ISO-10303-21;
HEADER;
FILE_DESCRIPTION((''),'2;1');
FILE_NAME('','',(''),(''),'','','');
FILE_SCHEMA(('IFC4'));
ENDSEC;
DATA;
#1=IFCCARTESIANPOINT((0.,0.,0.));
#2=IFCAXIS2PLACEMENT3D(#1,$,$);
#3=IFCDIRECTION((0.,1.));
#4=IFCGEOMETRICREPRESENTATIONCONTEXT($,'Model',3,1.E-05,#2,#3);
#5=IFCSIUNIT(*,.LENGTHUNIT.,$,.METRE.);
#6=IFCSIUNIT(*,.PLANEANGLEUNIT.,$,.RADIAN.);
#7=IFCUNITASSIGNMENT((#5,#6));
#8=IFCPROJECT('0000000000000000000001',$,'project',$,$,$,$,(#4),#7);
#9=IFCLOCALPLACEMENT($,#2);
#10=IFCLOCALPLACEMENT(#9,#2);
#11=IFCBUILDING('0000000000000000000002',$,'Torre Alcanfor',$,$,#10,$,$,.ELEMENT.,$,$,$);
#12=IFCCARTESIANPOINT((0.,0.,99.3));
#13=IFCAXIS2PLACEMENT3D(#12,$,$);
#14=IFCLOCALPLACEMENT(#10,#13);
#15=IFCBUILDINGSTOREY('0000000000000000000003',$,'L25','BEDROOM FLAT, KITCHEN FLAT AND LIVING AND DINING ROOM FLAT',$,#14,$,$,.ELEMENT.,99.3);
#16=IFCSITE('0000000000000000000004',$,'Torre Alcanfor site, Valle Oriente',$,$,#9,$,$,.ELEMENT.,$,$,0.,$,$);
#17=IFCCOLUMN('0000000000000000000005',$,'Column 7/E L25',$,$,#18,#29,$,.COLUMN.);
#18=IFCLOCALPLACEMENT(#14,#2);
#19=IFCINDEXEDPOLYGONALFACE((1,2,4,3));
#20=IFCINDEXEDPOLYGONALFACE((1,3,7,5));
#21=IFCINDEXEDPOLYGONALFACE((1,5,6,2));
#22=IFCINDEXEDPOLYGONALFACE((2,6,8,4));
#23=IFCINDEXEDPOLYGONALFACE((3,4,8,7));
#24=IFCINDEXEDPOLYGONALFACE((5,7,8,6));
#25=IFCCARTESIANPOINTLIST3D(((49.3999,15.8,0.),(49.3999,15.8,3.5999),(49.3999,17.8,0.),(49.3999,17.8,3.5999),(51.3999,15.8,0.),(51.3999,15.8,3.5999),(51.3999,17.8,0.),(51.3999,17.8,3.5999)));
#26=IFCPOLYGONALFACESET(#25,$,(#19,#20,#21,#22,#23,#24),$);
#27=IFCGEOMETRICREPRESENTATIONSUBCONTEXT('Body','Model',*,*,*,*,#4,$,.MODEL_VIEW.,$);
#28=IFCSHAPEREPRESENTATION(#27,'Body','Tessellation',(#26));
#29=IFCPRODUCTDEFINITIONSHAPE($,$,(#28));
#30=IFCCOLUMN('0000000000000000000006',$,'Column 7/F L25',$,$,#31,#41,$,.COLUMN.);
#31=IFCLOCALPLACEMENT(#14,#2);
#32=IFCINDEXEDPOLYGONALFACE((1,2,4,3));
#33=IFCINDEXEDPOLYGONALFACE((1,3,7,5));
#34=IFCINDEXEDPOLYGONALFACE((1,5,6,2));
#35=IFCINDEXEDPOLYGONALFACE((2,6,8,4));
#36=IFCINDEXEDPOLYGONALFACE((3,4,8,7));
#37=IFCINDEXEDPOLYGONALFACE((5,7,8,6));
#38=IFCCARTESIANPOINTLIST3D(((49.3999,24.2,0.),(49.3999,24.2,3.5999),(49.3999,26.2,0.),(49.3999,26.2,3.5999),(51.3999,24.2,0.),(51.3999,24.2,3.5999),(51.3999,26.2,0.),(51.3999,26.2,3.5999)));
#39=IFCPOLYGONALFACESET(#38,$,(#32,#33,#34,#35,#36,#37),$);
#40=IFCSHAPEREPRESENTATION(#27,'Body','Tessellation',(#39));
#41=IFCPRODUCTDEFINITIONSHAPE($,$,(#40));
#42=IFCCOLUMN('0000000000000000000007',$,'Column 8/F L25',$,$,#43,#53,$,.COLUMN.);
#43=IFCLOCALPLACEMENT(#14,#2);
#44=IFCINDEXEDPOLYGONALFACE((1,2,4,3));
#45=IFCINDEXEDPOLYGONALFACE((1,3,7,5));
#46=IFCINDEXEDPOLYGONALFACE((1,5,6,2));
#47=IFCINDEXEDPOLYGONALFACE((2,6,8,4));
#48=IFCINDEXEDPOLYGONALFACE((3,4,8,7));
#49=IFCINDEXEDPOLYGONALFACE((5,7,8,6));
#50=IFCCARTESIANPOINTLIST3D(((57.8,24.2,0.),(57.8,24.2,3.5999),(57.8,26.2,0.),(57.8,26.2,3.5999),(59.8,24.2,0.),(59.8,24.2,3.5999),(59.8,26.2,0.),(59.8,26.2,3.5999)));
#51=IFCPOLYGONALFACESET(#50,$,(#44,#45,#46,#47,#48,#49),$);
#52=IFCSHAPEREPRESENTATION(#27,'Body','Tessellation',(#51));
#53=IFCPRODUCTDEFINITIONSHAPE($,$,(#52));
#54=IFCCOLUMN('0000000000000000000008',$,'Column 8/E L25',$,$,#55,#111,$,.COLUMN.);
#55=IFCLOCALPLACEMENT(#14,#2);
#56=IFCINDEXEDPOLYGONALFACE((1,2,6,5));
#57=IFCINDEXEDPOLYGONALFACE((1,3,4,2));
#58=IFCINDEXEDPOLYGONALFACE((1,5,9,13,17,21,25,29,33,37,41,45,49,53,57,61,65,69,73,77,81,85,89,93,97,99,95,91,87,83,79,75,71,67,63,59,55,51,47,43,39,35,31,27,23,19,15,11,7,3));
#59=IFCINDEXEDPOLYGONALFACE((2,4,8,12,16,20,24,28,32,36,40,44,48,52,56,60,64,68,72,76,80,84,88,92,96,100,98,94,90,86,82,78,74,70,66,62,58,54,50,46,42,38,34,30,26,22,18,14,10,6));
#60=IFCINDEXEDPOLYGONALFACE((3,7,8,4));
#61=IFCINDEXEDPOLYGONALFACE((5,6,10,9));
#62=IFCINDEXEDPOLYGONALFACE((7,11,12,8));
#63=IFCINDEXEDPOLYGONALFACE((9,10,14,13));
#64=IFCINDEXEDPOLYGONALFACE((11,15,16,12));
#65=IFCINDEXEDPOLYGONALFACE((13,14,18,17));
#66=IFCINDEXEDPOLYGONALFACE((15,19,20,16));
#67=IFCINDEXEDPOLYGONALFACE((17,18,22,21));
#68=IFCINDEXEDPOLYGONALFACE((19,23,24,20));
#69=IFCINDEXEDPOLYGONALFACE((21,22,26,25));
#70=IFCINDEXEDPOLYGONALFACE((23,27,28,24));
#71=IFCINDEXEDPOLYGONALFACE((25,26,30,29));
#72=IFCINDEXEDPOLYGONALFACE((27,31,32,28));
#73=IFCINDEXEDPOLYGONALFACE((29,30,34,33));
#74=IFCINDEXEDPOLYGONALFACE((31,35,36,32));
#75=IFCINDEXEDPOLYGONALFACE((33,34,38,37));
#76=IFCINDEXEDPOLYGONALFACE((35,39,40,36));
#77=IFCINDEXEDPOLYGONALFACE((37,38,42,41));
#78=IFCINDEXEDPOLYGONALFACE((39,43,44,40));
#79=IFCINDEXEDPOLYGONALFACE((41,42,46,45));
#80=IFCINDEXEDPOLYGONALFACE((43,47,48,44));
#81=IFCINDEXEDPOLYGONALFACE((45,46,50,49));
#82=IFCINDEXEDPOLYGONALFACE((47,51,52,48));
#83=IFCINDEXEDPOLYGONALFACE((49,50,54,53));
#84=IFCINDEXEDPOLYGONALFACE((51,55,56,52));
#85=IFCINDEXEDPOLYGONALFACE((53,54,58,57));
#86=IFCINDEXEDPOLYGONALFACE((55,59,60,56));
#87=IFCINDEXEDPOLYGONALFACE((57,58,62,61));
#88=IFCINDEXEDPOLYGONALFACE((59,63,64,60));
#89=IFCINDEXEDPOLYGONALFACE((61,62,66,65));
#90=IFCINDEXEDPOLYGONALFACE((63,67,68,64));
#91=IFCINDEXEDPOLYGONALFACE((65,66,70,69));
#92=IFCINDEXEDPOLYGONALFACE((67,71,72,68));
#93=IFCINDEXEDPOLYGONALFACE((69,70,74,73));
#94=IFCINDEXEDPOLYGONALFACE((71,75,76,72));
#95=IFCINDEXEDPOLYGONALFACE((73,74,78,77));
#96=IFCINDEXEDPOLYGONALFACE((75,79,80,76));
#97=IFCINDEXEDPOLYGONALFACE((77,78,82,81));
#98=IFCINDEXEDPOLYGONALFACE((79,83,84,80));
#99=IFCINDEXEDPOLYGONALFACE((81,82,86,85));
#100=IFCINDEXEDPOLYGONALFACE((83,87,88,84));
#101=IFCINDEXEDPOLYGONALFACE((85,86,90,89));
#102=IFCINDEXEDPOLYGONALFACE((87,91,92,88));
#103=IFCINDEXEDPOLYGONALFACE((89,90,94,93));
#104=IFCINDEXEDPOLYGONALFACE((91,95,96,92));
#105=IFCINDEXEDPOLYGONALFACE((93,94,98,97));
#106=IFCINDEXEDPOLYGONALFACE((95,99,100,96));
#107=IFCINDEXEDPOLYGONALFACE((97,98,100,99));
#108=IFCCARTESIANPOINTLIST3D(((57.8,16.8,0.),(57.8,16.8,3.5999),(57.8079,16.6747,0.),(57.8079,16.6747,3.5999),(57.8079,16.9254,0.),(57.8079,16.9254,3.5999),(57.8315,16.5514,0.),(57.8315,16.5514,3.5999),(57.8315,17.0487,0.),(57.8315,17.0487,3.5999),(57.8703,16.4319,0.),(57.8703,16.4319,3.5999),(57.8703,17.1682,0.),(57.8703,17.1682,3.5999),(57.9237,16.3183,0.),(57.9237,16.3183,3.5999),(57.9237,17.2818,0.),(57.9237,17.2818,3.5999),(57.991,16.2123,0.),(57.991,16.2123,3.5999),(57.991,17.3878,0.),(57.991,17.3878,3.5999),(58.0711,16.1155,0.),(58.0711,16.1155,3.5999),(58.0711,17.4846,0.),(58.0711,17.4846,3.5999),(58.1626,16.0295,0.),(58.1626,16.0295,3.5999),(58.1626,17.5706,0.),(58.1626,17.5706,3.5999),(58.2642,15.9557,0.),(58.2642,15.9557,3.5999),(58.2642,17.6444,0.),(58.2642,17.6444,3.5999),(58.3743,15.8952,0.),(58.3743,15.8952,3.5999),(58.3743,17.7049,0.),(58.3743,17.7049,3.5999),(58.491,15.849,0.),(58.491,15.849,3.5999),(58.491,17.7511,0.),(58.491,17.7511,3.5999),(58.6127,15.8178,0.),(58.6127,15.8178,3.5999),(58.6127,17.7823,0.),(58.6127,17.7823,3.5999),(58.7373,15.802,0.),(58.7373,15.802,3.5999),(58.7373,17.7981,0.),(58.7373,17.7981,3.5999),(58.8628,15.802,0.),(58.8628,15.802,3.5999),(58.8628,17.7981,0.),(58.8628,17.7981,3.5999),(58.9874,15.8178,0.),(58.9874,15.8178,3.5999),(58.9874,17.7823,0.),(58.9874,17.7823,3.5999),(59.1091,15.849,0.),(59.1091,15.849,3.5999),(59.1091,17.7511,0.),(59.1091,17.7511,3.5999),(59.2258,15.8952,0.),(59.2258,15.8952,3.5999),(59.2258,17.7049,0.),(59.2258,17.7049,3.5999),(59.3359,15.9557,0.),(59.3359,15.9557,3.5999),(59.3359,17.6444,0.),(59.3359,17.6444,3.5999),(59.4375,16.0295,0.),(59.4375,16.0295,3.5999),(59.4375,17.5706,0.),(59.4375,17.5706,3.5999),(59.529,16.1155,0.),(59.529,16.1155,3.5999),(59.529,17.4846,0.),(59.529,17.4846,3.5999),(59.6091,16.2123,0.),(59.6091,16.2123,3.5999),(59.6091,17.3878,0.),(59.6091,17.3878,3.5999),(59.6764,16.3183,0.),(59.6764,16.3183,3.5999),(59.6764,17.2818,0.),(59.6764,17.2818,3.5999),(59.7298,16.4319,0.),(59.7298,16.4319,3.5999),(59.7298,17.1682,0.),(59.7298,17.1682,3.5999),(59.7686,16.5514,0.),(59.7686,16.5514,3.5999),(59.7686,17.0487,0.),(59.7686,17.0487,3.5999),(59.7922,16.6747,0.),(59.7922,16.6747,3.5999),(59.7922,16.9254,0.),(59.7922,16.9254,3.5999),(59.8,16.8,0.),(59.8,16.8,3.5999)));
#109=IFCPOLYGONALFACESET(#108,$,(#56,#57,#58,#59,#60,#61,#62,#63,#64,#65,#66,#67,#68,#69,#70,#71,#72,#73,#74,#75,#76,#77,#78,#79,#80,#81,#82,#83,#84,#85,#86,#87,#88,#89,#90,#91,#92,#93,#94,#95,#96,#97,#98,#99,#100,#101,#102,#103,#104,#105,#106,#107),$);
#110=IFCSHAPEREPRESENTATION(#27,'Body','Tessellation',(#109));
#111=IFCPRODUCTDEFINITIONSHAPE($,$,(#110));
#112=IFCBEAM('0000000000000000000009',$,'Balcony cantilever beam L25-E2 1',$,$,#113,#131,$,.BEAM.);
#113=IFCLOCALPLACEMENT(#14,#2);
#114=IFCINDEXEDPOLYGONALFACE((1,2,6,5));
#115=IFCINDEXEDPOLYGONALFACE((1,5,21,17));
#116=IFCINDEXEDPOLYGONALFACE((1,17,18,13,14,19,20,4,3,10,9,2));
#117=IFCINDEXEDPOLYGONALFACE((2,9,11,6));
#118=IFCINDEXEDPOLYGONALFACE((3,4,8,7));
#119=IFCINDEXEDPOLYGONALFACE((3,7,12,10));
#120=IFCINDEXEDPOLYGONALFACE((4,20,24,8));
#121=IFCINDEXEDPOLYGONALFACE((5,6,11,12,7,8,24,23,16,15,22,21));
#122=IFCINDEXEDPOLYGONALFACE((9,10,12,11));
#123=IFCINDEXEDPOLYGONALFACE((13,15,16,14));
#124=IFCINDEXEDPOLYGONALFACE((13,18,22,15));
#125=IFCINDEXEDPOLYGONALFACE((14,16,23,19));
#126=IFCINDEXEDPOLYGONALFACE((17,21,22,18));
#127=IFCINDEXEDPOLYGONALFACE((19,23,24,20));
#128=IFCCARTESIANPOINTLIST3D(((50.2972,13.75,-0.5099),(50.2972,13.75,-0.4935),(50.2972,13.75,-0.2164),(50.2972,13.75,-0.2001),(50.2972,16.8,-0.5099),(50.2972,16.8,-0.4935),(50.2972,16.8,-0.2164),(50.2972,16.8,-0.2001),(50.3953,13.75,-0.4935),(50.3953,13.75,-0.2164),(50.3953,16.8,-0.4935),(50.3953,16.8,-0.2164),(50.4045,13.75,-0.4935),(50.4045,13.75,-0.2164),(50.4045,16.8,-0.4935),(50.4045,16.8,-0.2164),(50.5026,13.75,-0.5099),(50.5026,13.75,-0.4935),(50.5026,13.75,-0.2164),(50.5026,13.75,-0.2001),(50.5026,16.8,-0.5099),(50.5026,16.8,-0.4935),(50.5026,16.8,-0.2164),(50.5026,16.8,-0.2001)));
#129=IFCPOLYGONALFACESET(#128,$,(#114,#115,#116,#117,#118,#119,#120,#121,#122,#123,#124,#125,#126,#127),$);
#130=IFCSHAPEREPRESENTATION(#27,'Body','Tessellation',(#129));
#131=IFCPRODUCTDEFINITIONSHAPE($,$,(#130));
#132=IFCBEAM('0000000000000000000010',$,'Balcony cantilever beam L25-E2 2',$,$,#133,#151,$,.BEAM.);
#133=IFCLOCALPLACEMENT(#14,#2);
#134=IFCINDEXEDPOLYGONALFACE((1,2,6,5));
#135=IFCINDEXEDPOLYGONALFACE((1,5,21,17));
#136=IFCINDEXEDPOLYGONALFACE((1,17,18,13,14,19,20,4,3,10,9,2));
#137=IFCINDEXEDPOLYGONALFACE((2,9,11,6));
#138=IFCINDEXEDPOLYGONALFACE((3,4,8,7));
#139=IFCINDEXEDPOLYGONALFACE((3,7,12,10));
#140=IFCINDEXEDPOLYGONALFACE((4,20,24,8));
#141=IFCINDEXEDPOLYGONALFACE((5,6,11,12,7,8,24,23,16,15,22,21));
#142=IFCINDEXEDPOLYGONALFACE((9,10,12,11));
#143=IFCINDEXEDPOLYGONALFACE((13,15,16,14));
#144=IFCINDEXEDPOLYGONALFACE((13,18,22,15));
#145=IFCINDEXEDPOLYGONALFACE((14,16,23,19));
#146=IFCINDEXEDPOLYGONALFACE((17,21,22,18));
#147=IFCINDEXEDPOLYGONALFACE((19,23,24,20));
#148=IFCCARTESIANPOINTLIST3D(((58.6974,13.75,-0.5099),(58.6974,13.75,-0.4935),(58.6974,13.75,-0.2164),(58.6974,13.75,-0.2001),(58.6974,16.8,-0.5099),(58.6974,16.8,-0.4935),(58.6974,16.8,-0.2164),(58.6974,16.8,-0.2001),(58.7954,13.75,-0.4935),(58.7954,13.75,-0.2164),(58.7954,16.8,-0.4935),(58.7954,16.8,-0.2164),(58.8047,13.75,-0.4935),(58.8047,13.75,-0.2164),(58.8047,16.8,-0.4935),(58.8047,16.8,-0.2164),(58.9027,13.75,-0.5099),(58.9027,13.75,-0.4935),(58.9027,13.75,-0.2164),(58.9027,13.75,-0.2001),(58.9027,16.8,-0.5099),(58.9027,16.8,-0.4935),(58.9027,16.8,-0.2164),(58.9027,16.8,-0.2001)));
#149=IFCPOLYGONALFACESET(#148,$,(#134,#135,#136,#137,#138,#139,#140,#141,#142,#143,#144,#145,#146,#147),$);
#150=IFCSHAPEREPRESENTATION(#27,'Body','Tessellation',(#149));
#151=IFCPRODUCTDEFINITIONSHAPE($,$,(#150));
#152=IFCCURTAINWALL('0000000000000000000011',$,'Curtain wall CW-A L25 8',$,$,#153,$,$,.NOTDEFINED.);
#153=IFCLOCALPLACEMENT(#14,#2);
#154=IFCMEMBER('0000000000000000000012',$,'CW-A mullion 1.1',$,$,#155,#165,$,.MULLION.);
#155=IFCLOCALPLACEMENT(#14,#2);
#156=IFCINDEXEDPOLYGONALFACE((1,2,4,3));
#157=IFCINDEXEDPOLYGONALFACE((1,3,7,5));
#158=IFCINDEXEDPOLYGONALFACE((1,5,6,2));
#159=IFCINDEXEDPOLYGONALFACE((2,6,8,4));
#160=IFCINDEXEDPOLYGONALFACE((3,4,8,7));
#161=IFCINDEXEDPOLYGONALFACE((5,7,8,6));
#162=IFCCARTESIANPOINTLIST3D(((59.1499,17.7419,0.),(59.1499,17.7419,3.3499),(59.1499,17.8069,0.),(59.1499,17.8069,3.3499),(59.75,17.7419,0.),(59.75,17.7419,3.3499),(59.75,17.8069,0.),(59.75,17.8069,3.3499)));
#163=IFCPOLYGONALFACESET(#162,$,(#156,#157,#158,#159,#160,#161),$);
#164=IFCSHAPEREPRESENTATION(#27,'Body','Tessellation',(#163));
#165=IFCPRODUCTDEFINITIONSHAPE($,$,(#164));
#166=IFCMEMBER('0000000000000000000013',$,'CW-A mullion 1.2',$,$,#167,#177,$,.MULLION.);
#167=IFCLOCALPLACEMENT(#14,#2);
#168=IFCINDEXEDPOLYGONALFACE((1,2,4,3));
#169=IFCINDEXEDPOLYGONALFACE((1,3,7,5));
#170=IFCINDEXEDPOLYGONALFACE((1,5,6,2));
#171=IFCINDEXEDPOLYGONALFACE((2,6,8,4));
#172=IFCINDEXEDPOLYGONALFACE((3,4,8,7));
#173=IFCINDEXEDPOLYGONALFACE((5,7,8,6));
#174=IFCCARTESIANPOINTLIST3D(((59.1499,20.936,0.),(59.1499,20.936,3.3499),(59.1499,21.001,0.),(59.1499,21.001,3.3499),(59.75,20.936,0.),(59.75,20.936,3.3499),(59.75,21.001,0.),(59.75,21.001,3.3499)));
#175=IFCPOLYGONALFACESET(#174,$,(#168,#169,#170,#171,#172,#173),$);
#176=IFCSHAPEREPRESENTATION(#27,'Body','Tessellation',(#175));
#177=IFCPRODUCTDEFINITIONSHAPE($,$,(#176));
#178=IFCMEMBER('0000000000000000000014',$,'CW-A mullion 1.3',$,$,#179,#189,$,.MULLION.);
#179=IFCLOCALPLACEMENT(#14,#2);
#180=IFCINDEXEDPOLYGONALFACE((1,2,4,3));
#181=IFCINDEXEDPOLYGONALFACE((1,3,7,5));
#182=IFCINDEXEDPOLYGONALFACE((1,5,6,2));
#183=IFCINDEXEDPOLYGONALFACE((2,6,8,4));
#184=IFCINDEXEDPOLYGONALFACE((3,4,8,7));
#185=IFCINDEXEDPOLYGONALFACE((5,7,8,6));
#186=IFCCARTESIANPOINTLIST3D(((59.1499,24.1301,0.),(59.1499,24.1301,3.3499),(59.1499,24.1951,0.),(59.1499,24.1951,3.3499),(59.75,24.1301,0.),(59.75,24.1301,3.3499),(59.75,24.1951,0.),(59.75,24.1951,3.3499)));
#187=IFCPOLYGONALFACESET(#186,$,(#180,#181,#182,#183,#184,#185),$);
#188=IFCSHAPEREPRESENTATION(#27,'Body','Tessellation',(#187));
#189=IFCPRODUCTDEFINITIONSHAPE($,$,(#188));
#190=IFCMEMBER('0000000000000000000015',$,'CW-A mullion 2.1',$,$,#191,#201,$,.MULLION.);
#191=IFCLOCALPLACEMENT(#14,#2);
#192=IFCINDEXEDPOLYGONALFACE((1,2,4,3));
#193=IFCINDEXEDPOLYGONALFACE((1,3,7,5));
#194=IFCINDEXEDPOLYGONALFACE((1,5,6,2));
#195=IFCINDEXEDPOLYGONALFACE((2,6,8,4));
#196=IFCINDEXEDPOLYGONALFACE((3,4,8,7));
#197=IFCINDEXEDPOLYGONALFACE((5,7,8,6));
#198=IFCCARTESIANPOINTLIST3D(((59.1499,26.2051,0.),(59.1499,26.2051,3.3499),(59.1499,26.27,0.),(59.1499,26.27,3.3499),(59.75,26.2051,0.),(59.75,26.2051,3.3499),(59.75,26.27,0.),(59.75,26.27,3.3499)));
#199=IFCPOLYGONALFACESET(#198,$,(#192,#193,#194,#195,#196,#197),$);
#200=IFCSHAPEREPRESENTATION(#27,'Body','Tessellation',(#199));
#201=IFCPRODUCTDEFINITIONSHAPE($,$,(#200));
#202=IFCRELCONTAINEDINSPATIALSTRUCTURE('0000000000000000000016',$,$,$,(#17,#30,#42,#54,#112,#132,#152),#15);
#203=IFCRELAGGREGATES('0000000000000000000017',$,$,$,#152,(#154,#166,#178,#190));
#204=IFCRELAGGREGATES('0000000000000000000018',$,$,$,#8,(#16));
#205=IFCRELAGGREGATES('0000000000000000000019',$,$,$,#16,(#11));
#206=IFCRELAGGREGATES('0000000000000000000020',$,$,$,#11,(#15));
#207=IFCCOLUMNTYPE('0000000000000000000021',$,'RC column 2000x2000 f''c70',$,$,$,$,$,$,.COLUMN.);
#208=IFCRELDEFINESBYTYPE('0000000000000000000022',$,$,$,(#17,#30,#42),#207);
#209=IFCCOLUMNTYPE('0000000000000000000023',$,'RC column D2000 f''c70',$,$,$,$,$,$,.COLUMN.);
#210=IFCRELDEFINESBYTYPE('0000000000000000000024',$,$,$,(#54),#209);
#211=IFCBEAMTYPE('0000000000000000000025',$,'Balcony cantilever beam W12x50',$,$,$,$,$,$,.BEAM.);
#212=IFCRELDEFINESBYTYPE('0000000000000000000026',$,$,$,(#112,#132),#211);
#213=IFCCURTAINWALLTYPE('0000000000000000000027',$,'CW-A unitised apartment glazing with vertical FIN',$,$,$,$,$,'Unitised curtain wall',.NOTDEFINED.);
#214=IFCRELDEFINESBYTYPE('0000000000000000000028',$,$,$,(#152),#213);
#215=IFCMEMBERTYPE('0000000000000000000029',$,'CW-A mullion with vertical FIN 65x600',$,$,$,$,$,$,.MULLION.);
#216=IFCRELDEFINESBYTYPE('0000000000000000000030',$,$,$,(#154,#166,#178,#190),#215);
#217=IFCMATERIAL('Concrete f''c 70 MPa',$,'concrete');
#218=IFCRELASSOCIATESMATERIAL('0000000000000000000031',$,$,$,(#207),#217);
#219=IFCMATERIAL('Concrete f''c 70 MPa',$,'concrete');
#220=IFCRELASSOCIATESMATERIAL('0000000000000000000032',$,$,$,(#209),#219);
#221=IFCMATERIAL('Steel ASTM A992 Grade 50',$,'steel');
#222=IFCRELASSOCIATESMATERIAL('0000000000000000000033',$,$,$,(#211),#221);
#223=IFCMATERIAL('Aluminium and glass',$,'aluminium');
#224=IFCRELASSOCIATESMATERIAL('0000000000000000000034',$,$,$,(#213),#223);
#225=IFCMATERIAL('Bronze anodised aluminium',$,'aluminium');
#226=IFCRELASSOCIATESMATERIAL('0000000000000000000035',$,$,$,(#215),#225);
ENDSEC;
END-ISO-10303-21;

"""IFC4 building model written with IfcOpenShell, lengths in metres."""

from ifc_helpers import new_model, si_unit, direction, frame, origin, origin_2d, place, context, subcontext, project, spatial, rectangle, circle, i_section, extrude, material, material_profile, profile_set, type_object, element, aggregate, save


model = new_model("IFC4")

# Units and contexts
model_context = context("Model", 3, precision=1e-05, world=origin(), true_north=direction((0.0, 1.0)))
body_context = subcontext(model_context, "Body", "Model", "MODEL_VIEW")
ifc_project = project(units=[si_unit("LENGTHUNIT", "METRE"), si_unit("PLANEANGLEUNIT", "RADIAN")], contexts=[model_context])

# Site, building, storey
site_placement = place(None, origin())
site = spatial("IfcSite", under=ifc_project, at=site_placement, Name="Torre Alcanfor site, Valle Oriente", CompositionType="ELEMENT", RefElevation=0.0)
building_placement = place(site_placement, origin())
building = spatial("IfcBuilding", under=site, at=building_placement, Name="Torre Alcanfor", CompositionType="ELEMENT")
storey_placement = place(building_placement, frame((0.0, 0.0, 99.3)))
storey = spatial("IfcBuildingStorey", under=building, at=storey_placement, Name="L25", Description="BEDROOM FLAT, KITCHEN FLAT AND LIVING AND DINING ROOM FLAT", CompositionType="ELEMENT", Elevation=99.3)

# Columns
ifc_material_1 = material(Name="Concrete f'c 70 MPa", Category="concrete")
ifc_material_profile_1 = material_profile(ifc_material_1, rectangle(XDim=2.0, YDim=2.0, at=origin_2d()), Name="2000x2000")
ifc_profile_set_1 = profile_set([ifc_material_profile_1], Name="Concrete f'c 70 MPa")
column_type_1 = type_object("IfcColumnType", Name="RC column 2000x2000 f'c70", PredefinedType="COLUMN", material=ifc_profile_set_1)
for number, where, z_axis, x_axis, name in (
    (1, (50.3999, 16.8, 0.0), (0.0, 0.0, 1.0), (1.0, 0.0, 0.0), "Column 7/E L25"),
    (2, (50.3999, 25.2, 0.0), (0.0, 0.0, 1.0), (1.0, 0.0, 0.0), "Column 7/F L25"),
    (3, (58.8, 25.2, 0.0), (0.0, 0.0, 1.0), (1.0, 0.0, 0.0), "Column 8/F L25"),
):
    element("IfcColumn", number, at=place(storey_placement, frame(where, z_axis=z_axis, x_axis=x_axis)), inside=storey, type_object=column_type_1, Name=name, PredefinedType="COLUMN", context=body_context, shape_type="SweptSolid", body=[
        extrude(rectangle(XDim=2.0, YDim=2.0, at=origin_2d()), origin(), (0.0, 0.0, 1.0), 3.5999),
    ])
ifc_material_2 = material(Name="Concrete f'c 70 MPa", Category="concrete")
ifc_material_profile_2 = material_profile(ifc_material_2, circle(Radius=1.0, at=origin_2d()), Name="D2000")
ifc_profile_set_2 = profile_set([ifc_material_profile_2], Name="Concrete f'c 70 MPa")
column_type_2 = type_object("IfcColumnType", Name="RC column D2000 f'c70", PredefinedType="COLUMN", material=ifc_profile_set_2)
column_placement = place(storey_placement, frame((58.8, 16.8, 0.0), z_axis=(0.0, 0.0, 1.0), x_axis=(1.0, 0.0, 0.0)))
element("IfcColumn", 4, at=column_placement, inside=storey, type_object=column_type_2, Name="Column 8/E L25", PredefinedType="COLUMN", context=body_context, shape_type="SweptSolid", body=[
    extrude(circle(Radius=1.0, at=origin_2d()), origin(), (0.0, 0.0, 1.0), 3.5999),
])

# Beams
ifc_material_3 = material(Name="Steel ASTM A992 Grade 50", Category="steel")
ifc_material_profile_3 = material_profile(ifc_material_3, i_section(OverallWidth=0.2053, OverallDepth=0.3098, WebThickness=0.0093, FlangeThickness=0.0164, at=origin_2d()), Name="W12x50")
ifc_profile_set_3 = profile_set([ifc_material_profile_3], Name="Steel ASTM A992 Grade 50")
beam_type_1 = type_object("IfcBeamType", Name="Balcony cantilever beam W12x50", PredefinedType="BEAM", material=ifc_profile_set_3)
for number, where, z_axis, x_axis, name in (
    (5, (50.3999, 16.8, -0.355), (0.0, -1.0, 0.0), (1.0, 0.0, 0.0), "Balcony cantilever beam L25-E2 1"),
    (6, (58.8, 16.8, -0.355), (0.0, -1.0, 0.0), (1.0, 0.0, 0.0), "Balcony cantilever beam L25-E2 2"),
):
    element("IfcBeam", number, at=place(storey_placement, frame(where, z_axis=z_axis, x_axis=x_axis)), inside=storey, type_object=beam_type_1, Name=name, PredefinedType="BEAM", context=body_context, shape_type="SweptSolid", body=[
        extrude(i_section(OverallWidth=0.2053, OverallDepth=0.3098, WebThickness=0.0093, FlangeThickness=0.0164, at=origin_2d()), origin(), (0.0, 0.0, 1.0), 3.05),
    ])

# Curtain wall, members
ifc_material_4 = material(Name="Aluminium and glass", Category="aluminium")
curtain_wall_type = type_object("IfcCurtainWallType", Name="CW-A unitised apartment glazing with vertical FIN", ElementType="Unitised curtain wall", PredefinedType="NOTDEFINED", material=ifc_material_4)
curtain_wall_placement = place(storey_placement, origin())
curtain_wall = element("IfcCurtainWall", 7, at=curtain_wall_placement, inside=storey, type_object=curtain_wall_type, Name="Curtain wall CW-A L25 8", PredefinedType="NOTDEFINED")
ifc_material_5 = material(Name="Bronze anodised aluminium", Category="aluminium")
ifc_material_profile_4 = material_profile(ifc_material_5, rectangle(XDim=0.6001, YDim=0.0649, at=origin_2d()), Name="CW-A mullion 65x600")
ifc_profile_set_4 = profile_set([ifc_material_profile_4], Name="Bronze anodised aluminium")
member_type_1 = type_object("IfcMemberType", Name="CW-A mullion with vertical FIN 65x600", PredefinedType="MULLION", material=ifc_profile_set_4)
member_1_placement = place(storey_placement, frame((59.45, 17.7744, 0.0), z_axis=(0.0, 0.0, 1.0), x_axis=(-1.0, 0.0, 0.0)))
member_1 = element("IfcMember", 8, at=member_1_placement, type_object=member_type_1, Name="CW-A mullion 1.1", PredefinedType="MULLION", context=body_context, shape_type="SweptSolid", body=[
    extrude(rectangle(XDim=0.6001, YDim=0.0649, at=origin_2d()), origin(), (0.0, 0.0, 1.0), 3.3499),
])
member_2_placement = place(storey_placement, frame((59.45, 20.9685, 0.0), z_axis=(0.0, 0.0, 1.0), x_axis=(-1.0, 0.0, 0.0)))
member_2 = element("IfcMember", 9, at=member_2_placement, type_object=member_type_1, Name="CW-A mullion 1.2", PredefinedType="MULLION", context=body_context, shape_type="SweptSolid", body=[
    extrude(rectangle(XDim=0.6001, YDim=0.0649, at=origin_2d()), origin(), (0.0, 0.0, 1.0), 3.3499),
])
member_3_placement = place(storey_placement, frame((59.45, 24.1626, 0.0), z_axis=(0.0, 0.0, 1.0), x_axis=(-1.0, 0.0, 0.0)))
member_3 = element("IfcMember", 10, at=member_3_placement, type_object=member_type_1, Name="CW-A mullion 1.3", PredefinedType="MULLION", context=body_context, shape_type="SweptSolid", body=[
    extrude(rectangle(XDim=0.6001, YDim=0.0649, at=origin_2d()), origin(), (0.0, 0.0, 1.0), 3.3499),
])
member_4_placement = place(storey_placement, frame((59.45, 26.2375, 0.0), z_axis=(0.0, 0.0, 1.0), x_axis=(-1.0, 0.0, 0.0)))
member_4 = element("IfcMember", 11, at=member_4_placement, type_object=member_type_1, Name="CW-A mullion 2.1", PredefinedType="MULLION", context=body_context, shape_type="SweptSolid", body=[
    extrude(rectangle(XDim=0.6001, YDim=0.0649, at=origin_2d()), origin(), (0.0, 0.0, 1.0), 3.3499),
])

aggregate(curtain_wall, [member_1, member_2, member_3, member_4])

save(model, "model.ifc")
